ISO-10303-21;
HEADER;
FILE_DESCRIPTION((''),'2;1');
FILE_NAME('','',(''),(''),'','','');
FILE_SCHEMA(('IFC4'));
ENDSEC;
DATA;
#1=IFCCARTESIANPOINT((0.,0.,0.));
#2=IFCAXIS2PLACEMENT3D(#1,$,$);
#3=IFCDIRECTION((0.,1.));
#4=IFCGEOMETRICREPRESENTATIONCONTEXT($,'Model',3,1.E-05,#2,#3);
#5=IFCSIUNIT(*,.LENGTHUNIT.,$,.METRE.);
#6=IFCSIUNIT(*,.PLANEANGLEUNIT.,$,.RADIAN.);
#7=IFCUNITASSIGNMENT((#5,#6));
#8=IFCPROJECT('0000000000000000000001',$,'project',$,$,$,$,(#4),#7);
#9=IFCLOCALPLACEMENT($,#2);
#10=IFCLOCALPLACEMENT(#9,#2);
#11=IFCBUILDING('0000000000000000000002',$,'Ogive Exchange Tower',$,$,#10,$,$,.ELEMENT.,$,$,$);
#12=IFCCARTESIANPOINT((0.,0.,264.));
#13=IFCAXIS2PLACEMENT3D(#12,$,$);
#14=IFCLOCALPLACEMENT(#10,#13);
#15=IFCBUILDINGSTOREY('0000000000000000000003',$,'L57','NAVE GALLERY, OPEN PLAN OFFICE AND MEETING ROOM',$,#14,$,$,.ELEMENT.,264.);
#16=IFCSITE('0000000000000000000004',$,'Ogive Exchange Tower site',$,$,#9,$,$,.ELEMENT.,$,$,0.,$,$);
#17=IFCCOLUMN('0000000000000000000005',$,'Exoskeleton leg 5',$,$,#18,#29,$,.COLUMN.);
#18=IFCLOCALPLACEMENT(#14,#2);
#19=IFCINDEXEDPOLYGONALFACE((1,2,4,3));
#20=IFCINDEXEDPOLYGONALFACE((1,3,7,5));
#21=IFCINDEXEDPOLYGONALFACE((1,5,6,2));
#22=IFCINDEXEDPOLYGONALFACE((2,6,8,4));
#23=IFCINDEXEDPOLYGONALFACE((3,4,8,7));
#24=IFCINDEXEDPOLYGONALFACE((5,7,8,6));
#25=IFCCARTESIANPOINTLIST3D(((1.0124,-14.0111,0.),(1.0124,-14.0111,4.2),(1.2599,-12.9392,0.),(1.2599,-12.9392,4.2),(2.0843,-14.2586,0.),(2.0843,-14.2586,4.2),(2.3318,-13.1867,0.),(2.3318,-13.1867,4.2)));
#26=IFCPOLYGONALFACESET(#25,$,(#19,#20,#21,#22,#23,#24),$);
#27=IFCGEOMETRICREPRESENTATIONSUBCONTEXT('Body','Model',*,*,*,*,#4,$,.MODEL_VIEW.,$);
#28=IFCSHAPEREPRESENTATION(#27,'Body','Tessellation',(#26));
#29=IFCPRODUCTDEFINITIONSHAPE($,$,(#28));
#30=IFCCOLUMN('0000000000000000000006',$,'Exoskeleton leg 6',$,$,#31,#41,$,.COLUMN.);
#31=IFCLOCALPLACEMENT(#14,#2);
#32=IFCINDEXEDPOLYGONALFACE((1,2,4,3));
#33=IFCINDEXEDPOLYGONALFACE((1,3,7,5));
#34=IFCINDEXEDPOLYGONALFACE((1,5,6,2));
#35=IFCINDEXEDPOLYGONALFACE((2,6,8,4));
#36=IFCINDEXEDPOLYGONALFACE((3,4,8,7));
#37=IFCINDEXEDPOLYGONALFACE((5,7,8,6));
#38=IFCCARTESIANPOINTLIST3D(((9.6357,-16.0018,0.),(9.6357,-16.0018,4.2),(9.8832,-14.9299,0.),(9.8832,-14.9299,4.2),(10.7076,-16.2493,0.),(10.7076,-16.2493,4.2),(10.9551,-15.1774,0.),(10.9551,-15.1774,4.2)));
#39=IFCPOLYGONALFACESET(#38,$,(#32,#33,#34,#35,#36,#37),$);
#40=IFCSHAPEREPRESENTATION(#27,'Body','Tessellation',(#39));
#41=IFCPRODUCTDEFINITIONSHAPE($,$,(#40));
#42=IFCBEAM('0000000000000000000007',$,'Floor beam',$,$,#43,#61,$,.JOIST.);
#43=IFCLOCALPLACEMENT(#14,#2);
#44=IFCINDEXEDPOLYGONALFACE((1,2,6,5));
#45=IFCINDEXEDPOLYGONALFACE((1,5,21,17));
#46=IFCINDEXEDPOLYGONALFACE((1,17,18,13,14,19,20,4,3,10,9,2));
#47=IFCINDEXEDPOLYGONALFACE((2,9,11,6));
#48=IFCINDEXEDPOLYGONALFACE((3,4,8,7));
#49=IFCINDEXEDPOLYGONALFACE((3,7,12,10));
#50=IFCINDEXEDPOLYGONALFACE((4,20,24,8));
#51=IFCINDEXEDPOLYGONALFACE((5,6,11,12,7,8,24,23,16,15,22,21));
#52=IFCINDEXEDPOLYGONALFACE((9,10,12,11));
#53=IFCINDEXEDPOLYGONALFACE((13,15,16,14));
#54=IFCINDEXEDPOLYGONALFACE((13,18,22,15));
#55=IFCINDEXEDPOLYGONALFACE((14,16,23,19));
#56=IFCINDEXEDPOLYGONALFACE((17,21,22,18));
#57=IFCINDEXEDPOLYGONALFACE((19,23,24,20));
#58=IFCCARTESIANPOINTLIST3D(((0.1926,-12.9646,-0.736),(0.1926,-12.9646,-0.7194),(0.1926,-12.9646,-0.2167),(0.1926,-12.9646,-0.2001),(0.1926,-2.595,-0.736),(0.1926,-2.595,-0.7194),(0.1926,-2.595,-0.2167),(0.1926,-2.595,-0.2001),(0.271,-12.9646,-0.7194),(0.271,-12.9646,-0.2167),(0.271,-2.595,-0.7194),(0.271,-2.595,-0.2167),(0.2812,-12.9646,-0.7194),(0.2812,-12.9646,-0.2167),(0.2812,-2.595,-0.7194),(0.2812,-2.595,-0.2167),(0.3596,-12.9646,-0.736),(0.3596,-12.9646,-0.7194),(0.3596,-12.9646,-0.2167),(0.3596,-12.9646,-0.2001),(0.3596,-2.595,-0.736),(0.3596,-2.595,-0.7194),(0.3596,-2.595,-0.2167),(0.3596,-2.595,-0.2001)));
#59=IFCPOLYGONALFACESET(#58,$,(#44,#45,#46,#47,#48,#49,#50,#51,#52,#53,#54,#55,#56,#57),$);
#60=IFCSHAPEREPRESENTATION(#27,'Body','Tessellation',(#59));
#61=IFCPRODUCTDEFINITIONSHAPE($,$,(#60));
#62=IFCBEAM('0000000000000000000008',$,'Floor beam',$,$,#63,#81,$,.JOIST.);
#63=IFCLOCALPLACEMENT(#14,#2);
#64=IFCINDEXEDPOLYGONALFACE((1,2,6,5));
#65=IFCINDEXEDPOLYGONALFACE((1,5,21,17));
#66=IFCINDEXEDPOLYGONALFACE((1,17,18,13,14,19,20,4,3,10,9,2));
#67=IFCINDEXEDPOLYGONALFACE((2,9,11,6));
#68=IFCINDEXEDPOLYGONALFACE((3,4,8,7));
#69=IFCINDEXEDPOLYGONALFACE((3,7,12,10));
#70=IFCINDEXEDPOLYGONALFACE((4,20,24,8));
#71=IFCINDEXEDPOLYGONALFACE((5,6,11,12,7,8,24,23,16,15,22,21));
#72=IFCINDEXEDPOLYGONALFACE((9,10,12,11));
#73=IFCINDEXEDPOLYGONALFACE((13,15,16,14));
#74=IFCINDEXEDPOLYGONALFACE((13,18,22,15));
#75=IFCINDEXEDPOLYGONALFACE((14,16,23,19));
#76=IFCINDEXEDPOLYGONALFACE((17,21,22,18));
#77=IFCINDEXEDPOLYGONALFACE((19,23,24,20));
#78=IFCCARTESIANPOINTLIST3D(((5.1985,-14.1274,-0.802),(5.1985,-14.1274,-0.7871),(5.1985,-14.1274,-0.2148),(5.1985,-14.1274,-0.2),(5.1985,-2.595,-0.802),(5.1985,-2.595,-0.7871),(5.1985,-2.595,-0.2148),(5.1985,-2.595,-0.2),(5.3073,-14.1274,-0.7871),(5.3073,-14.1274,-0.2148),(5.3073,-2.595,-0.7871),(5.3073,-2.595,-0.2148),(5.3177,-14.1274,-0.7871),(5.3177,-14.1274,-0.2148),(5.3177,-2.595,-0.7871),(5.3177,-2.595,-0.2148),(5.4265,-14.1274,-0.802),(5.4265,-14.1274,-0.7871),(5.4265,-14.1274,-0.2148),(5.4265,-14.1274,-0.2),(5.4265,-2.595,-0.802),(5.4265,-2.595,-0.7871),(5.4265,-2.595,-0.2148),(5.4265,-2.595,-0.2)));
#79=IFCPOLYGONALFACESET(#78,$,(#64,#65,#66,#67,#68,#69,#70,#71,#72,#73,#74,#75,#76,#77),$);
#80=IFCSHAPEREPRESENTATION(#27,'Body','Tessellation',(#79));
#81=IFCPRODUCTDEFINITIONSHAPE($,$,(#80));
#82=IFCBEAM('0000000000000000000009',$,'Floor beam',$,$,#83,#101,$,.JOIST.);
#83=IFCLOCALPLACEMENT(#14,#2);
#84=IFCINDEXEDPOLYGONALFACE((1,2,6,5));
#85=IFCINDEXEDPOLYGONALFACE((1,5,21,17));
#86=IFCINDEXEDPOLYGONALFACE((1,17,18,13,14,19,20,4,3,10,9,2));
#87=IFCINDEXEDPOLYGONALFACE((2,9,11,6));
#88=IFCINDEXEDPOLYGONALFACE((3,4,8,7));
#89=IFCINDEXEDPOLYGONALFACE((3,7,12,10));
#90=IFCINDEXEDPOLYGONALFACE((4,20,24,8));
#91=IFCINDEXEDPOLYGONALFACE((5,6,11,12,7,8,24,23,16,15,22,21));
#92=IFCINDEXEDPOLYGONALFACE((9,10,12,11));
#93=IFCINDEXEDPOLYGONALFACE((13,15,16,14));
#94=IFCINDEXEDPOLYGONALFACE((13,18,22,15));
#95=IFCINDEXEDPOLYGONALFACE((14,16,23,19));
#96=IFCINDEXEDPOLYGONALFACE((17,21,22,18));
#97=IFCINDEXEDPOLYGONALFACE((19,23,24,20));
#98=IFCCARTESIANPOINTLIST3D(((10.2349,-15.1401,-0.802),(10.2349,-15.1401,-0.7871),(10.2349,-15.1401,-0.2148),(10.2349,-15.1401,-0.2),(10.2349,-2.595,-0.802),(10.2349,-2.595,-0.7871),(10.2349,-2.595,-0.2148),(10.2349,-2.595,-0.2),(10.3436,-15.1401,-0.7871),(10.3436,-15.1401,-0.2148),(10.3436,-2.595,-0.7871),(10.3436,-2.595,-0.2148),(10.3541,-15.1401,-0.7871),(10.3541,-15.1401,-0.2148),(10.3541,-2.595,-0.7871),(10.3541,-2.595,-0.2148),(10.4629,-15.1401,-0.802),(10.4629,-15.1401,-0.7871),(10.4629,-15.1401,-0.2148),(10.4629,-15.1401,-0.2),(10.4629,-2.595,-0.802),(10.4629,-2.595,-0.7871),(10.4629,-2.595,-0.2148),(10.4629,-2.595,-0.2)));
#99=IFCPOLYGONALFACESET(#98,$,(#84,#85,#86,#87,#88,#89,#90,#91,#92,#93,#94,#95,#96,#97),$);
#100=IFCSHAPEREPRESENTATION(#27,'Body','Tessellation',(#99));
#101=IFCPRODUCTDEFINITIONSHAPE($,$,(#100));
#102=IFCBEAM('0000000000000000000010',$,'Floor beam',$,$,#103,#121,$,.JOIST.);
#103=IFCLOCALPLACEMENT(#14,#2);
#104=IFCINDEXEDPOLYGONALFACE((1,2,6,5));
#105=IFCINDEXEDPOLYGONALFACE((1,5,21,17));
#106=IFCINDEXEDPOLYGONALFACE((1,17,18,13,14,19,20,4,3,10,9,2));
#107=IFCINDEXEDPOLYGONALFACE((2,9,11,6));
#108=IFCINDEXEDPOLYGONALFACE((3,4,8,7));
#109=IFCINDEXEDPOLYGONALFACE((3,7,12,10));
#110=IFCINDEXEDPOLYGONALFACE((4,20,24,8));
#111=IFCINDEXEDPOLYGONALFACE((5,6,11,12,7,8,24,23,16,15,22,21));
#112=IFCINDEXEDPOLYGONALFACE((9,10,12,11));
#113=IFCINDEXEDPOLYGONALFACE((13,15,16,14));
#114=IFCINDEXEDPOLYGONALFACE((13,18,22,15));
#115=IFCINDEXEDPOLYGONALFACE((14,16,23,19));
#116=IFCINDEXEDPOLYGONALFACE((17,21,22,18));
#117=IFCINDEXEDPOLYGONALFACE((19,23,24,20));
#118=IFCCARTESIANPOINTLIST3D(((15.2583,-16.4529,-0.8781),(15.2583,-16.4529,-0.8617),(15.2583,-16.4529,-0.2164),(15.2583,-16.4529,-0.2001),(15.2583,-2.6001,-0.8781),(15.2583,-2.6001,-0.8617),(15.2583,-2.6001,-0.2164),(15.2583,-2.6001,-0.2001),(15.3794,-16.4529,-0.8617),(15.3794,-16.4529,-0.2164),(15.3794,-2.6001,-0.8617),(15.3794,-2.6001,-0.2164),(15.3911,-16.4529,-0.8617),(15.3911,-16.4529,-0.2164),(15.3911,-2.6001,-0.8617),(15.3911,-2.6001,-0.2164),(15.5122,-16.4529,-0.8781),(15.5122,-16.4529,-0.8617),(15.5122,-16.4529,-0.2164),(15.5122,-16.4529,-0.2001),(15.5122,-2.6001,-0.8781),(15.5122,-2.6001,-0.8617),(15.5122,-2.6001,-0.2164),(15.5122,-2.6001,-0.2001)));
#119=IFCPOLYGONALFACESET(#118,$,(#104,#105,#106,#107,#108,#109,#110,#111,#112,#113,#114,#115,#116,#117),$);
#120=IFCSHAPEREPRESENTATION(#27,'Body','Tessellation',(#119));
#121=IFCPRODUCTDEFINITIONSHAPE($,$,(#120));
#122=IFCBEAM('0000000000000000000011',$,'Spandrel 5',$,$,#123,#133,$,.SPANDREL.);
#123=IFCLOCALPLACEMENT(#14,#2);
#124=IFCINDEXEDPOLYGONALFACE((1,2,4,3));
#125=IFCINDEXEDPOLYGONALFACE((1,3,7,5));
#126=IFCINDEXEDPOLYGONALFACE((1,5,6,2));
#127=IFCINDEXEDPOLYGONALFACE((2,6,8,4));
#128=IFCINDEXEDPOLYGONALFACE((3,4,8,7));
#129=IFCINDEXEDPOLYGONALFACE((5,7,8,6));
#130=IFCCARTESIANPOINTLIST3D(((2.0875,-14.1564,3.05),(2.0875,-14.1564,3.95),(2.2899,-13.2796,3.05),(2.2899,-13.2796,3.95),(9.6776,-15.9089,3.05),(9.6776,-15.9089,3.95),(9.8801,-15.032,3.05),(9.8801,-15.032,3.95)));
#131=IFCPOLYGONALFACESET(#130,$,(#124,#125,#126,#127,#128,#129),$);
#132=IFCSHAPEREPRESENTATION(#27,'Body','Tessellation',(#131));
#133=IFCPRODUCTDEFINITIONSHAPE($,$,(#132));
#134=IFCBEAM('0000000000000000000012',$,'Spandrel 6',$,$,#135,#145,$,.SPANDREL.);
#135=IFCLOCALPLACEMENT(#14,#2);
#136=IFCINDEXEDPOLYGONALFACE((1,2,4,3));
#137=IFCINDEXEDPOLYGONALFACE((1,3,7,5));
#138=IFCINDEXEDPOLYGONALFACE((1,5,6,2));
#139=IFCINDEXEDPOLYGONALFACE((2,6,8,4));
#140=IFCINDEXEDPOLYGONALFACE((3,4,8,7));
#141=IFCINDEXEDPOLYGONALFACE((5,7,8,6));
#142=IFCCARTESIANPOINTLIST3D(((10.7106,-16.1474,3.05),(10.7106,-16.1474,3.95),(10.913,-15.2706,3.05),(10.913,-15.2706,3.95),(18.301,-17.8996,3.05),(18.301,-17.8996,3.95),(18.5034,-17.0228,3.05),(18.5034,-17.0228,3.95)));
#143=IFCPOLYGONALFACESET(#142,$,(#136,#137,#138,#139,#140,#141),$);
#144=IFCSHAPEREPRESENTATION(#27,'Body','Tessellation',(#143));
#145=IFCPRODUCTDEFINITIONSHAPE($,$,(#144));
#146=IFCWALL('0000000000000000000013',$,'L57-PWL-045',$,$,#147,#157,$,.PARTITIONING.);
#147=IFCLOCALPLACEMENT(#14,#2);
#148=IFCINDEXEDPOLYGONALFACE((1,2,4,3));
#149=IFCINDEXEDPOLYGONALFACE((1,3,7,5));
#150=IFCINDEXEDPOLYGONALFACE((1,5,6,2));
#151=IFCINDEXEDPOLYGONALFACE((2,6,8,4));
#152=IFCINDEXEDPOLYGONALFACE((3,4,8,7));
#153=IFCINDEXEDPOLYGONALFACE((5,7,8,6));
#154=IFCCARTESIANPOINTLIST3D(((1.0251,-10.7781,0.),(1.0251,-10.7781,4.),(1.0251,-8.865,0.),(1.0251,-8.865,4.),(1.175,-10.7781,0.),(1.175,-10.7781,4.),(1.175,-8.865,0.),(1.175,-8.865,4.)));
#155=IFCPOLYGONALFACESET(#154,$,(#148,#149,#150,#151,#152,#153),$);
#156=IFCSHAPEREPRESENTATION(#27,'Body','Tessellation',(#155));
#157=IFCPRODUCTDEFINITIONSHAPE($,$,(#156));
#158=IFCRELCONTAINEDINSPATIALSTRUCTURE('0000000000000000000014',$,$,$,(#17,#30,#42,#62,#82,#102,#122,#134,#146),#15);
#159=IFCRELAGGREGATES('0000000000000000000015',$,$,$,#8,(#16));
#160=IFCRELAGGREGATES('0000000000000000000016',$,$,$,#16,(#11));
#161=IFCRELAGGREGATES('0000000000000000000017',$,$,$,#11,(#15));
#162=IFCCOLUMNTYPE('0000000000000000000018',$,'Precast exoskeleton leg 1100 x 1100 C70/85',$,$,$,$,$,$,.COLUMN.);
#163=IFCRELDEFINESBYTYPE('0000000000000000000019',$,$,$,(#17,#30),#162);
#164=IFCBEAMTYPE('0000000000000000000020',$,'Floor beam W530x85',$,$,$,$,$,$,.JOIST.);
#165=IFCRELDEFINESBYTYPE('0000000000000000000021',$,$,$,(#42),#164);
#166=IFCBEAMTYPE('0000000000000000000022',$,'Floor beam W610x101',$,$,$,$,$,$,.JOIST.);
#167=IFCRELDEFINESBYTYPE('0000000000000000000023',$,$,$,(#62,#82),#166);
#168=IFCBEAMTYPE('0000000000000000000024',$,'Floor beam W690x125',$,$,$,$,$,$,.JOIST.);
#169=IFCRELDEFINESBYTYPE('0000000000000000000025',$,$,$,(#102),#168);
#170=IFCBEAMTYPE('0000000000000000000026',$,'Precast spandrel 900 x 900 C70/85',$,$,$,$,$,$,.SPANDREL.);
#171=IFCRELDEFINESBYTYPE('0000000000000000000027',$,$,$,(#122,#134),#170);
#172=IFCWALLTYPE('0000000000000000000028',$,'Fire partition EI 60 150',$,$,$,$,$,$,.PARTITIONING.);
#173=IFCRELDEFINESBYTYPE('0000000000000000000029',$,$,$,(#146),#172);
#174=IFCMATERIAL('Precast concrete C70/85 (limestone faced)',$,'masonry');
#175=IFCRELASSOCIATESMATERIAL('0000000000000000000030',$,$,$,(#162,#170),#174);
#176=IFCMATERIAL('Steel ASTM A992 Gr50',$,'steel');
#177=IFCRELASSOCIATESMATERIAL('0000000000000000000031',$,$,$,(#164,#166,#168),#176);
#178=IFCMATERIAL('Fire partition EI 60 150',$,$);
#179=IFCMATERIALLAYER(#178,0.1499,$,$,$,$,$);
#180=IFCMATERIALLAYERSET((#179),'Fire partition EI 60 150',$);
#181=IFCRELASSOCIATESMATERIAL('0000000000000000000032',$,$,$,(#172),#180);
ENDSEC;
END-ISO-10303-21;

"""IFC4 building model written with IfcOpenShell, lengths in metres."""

from ifc_helpers import new_model, si_unit, direction, frame, frame_2d, origin, origin_2d, place, context, subcontext, project, spatial, rectangle, i_section, extrude, material, layer, layer_set, material_profile, profile_set, type_object, element, save


model = new_model("IFC4")

# Units and contexts
model_context = context("Model", 3, precision=1e-05, world=origin(), true_north=direction((0.0, 1.0)))
body_context = subcontext(model_context, "Body", "Model", "MODEL_VIEW")
ifc_project = project(units=[si_unit("LENGTHUNIT", "METRE"), si_unit("PLANEANGLEUNIT", "RADIAN")], contexts=[model_context])

# Site, building, storey
site_placement = place(None, origin())
site = spatial("IfcSite", under=ifc_project, at=site_placement, Name="Ogive Exchange Tower site", CompositionType="ELEMENT", RefElevation=0.0)
building_placement = place(site_placement, origin())
building = spatial("IfcBuilding", under=site, at=building_placement, Name="Ogive Exchange Tower", CompositionType="ELEMENT")
storey_placement = place(building_placement, frame((0.0, 0.0, 264.0)))
storey = spatial("IfcBuildingStorey", under=building, at=storey_placement, Name="L57", Description="NAVE GALLERY, OPEN PLAN OFFICE AND MEETING ROOM", CompositionType="ELEMENT", Elevation=264.0)

# Columns
ifc_material_1 = material(Name="Precast concrete C70/85 (limestone faced)", Category="masonry")
ifc_material_profile_1 = material_profile(ifc_material_1, rectangle(XDim=1.1001, YDim=1.1001, at=origin_2d()), Name="1100 x 1100")
ifc_profile_set_1 = profile_set([ifc_material_profile_1], Name="Precast concrete C70/85 (limestone faced)")
column_type = type_object("IfcColumnType", Name="Precast exoskeleton leg 1100 x 1100 C70/85", PredefinedType="COLUMN", material=ifc_profile_set_1)
for number, where, z_axis, x_axis, name in (
    (1, (1.6721, -13.5989, 0.0), (0.0, 0.0, 1.0), (0.97437, -0.224951, 0.0), "Exoskeleton leg 5"),
    (2, (10.2954, -15.5896, 0.0), (0.0, 0.0, 1.0), (0.97437, -0.224951, 0.0), "Exoskeleton leg 6"),
):
    element("IfcColumn", number, at=place(storey_placement, frame(where, z_axis=z_axis, x_axis=x_axis)), inside=storey, type_object=column_type, Name=name, PredefinedType="COLUMN", context=body_context, shape_type="SweptSolid", body=[
        extrude(rectangle(XDim=1.1001, YDim=1.1001, at=origin_2d()), origin(), (0.0, 0.0, 1.0), 4.2),
    ])

# Beams
ifc_material_2 = material(Name="Steel ASTM A992 Gr50", Category="steel")
ifc_material_profile_2 = material_profile(ifc_material_2, i_section(OverallWidth=0.167, OverallDepth=0.5359, WebThickness=0.0103, FlangeThickness=0.0166, at=origin_2d()), Name="W530x85")
ifc_profile_set_2 = profile_set([ifc_material_profile_2], Name="Steel ASTM A992 Gr50")
beam_type_1 = type_object("IfcBeamType", Name="Floor beam W530x85", PredefinedType="JOIST", material=ifc_profile_set_2)
beam_1_placement = place(storey_placement, frame((0.2761, -12.9646, -0.468), z_axis=(0.0, 1.0, 0.0), x_axis=(-1.0, 0.0, 0.0)))
element("IfcBeam", 3, at=beam_1_placement, inside=storey, type_object=beam_type_1, Name="Floor beam", PredefinedType="JOIST", context=body_context, shape_type="SweptSolid", body=[
    extrude(i_section(OverallWidth=0.167, OverallDepth=0.5359, WebThickness=0.0103, FlangeThickness=0.0166, at=origin_2d()), origin(), (0.0, 0.0, 1.0), 10.3696),
])
ifc_material_profile_3 = material_profile(ifc_material_2, i_section(OverallWidth=0.228, OverallDepth=0.6021, WebThickness=0.0105, FlangeThickness=0.0149, at=origin_2d()), Name="W610x101")
ifc_profile_set_3 = profile_set([ifc_material_profile_3], Name="Steel ASTM A992 Gr50")
beam_type_2 = type_object("IfcBeamType", Name="Floor beam W610x101", PredefinedType="JOIST", material=ifc_profile_set_3)
beam_2_placement = place(storey_placement, frame((5.3125, -14.1274, -0.501), z_axis=(0.0, 1.0, 0.0), x_axis=(-1.0, 0.0, 0.0)))
element("IfcBeam", 4, at=beam_2_placement, inside=storey, type_object=beam_type_2, Name="Floor beam", PredefinedType="JOIST", context=body_context, shape_type="SweptSolid", body=[
    extrude(i_section(OverallWidth=0.228, OverallDepth=0.6021, WebThickness=0.0105, FlangeThickness=0.0149, at=origin_2d()), origin(), (0.0, 0.0, 1.0), 11.5325),
])
beam_3_placement = place(storey_placement, frame((10.3489, -15.1401, -0.501), z_axis=(0.0, 1.0, 0.0), x_axis=(-1.0, 0.0, 0.0)))
element("IfcBeam", 5, at=beam_3_placement, inside=storey, type_object=beam_type_2, Name="Floor beam", PredefinedType="JOIST", context=body_context, shape_type="SweptSolid", body=[
    extrude(i_section(OverallWidth=0.228, OverallDepth=0.6021, WebThickness=0.0105, FlangeThickness=0.0149, at=origin_2d()), origin(), (0.0, 0.0, 1.0), 12.5452),
])
ifc_material_profile_4 = material_profile(ifc_material_2, i_section(OverallWidth=0.2539, OverallDepth=0.678, WebThickness=0.0117, FlangeThickness=0.0164, at=origin_2d()), Name="W690x125")
ifc_profile_set_4 = profile_set([ifc_material_profile_4], Name="Steel ASTM A992 Gr50")
beam_type_3 = type_object("IfcBeamType", Name="Floor beam W690x125", PredefinedType="JOIST", material=ifc_profile_set_4)
beam_4_placement = place(storey_placement, frame((15.3853, -16.4529, -0.5391), z_axis=(0.0, 1.0, 0.0), x_axis=(-1.0, 0.0, 0.0)))
element("IfcBeam", 6, at=beam_4_placement, inside=storey, type_object=beam_type_3, Name="Floor beam", PredefinedType="JOIST", context=body_context, shape_type="SweptSolid", body=[
    extrude(i_section(OverallWidth=0.2539, OverallDepth=0.678, WebThickness=0.0117, FlangeThickness=0.0164, at=origin_2d()), origin(), (0.0, 0.0, 1.0), 13.8528),
])
ifc_material_profile_5 = material_profile(ifc_material_1, rectangle(XDim=0.8999, YDim=0.8999, at=origin_2d()), Name="900 x 900")
ifc_profile_set_5 = profile_set([ifc_material_profile_5], Name="Precast concrete C70/85 (limestone faced)")
beam_type_4 = type_object("IfcBeamType", Name="Precast spandrel 900 x 900 C70/85", PredefinedType="SPANDREL", material=ifc_profile_set_5)
beam_5_placement = place(storey_placement, frame((2.1887, -13.718, 3.5), z_axis=(0.974366, -0.224967, 0.0), x_axis=(0.224967, 0.974366, 0.0)))
element("IfcBeam", 7, at=beam_5_placement, inside=storey, type_object=beam_type_4, Name="Spandrel 5", PredefinedType="SPANDREL", context=body_context, shape_type="SweptSolid", body=[
    extrude(rectangle(XDim=0.8999, YDim=0.8999, at=origin_2d()), origin(), (0.0, 0.0, 1.0), 7.7898),
])
beam_6_placement = place(storey_placement, frame((10.8118, -15.709, 3.5), z_axis=(0.974375, -0.22493, 0.0), x_axis=(0.22493, 0.974375, 0.0)))
element("IfcBeam", 8, at=beam_6_placement, inside=storey, type_object=beam_type_4, Name="Spandrel 6", PredefinedType="SPANDREL", context=body_context, shape_type="SweptSolid", body=[
    extrude(rectangle(XDim=0.8999, YDim=0.8999, at=origin_2d()), origin(), (0.0, 0.0, 1.0), 7.79),
])

# Wall
ifc_material_3 = material(Name="Fire partition EI 60 150")
ifc_layer_1 = layer(ifc_material_3, 0.1499)
ifc_layer_set_1 = layer_set([ifc_layer_1], Name="Fire partition EI 60 150")
wall_type_1 = type_object("IfcWallType", Name="Fire partition EI 60 150", PredefinedType="PARTITIONING", material=ifc_layer_set_1)
wall_1_placement = place(storey_placement, frame((1.1001, -8.865, 0.0), z_axis=(0.0, 0.0, 1.0), x_axis=(0.0, -1.0, 0.0)))
element("IfcWall", 9, at=wall_1_placement, inside=storey, type_object=wall_type_1, Name="L57-PWL-045", PredefinedType="PARTITIONING", context=body_context, shape_type="SweptSolid", body=[
    extrude(rectangle(XDim=1.9131, YDim=0.1499, at=frame_2d((0.9565, 0.0))), origin(), (0.0, 0.0, 1.0), 4.0),
])

save(model, "model.ifc")
